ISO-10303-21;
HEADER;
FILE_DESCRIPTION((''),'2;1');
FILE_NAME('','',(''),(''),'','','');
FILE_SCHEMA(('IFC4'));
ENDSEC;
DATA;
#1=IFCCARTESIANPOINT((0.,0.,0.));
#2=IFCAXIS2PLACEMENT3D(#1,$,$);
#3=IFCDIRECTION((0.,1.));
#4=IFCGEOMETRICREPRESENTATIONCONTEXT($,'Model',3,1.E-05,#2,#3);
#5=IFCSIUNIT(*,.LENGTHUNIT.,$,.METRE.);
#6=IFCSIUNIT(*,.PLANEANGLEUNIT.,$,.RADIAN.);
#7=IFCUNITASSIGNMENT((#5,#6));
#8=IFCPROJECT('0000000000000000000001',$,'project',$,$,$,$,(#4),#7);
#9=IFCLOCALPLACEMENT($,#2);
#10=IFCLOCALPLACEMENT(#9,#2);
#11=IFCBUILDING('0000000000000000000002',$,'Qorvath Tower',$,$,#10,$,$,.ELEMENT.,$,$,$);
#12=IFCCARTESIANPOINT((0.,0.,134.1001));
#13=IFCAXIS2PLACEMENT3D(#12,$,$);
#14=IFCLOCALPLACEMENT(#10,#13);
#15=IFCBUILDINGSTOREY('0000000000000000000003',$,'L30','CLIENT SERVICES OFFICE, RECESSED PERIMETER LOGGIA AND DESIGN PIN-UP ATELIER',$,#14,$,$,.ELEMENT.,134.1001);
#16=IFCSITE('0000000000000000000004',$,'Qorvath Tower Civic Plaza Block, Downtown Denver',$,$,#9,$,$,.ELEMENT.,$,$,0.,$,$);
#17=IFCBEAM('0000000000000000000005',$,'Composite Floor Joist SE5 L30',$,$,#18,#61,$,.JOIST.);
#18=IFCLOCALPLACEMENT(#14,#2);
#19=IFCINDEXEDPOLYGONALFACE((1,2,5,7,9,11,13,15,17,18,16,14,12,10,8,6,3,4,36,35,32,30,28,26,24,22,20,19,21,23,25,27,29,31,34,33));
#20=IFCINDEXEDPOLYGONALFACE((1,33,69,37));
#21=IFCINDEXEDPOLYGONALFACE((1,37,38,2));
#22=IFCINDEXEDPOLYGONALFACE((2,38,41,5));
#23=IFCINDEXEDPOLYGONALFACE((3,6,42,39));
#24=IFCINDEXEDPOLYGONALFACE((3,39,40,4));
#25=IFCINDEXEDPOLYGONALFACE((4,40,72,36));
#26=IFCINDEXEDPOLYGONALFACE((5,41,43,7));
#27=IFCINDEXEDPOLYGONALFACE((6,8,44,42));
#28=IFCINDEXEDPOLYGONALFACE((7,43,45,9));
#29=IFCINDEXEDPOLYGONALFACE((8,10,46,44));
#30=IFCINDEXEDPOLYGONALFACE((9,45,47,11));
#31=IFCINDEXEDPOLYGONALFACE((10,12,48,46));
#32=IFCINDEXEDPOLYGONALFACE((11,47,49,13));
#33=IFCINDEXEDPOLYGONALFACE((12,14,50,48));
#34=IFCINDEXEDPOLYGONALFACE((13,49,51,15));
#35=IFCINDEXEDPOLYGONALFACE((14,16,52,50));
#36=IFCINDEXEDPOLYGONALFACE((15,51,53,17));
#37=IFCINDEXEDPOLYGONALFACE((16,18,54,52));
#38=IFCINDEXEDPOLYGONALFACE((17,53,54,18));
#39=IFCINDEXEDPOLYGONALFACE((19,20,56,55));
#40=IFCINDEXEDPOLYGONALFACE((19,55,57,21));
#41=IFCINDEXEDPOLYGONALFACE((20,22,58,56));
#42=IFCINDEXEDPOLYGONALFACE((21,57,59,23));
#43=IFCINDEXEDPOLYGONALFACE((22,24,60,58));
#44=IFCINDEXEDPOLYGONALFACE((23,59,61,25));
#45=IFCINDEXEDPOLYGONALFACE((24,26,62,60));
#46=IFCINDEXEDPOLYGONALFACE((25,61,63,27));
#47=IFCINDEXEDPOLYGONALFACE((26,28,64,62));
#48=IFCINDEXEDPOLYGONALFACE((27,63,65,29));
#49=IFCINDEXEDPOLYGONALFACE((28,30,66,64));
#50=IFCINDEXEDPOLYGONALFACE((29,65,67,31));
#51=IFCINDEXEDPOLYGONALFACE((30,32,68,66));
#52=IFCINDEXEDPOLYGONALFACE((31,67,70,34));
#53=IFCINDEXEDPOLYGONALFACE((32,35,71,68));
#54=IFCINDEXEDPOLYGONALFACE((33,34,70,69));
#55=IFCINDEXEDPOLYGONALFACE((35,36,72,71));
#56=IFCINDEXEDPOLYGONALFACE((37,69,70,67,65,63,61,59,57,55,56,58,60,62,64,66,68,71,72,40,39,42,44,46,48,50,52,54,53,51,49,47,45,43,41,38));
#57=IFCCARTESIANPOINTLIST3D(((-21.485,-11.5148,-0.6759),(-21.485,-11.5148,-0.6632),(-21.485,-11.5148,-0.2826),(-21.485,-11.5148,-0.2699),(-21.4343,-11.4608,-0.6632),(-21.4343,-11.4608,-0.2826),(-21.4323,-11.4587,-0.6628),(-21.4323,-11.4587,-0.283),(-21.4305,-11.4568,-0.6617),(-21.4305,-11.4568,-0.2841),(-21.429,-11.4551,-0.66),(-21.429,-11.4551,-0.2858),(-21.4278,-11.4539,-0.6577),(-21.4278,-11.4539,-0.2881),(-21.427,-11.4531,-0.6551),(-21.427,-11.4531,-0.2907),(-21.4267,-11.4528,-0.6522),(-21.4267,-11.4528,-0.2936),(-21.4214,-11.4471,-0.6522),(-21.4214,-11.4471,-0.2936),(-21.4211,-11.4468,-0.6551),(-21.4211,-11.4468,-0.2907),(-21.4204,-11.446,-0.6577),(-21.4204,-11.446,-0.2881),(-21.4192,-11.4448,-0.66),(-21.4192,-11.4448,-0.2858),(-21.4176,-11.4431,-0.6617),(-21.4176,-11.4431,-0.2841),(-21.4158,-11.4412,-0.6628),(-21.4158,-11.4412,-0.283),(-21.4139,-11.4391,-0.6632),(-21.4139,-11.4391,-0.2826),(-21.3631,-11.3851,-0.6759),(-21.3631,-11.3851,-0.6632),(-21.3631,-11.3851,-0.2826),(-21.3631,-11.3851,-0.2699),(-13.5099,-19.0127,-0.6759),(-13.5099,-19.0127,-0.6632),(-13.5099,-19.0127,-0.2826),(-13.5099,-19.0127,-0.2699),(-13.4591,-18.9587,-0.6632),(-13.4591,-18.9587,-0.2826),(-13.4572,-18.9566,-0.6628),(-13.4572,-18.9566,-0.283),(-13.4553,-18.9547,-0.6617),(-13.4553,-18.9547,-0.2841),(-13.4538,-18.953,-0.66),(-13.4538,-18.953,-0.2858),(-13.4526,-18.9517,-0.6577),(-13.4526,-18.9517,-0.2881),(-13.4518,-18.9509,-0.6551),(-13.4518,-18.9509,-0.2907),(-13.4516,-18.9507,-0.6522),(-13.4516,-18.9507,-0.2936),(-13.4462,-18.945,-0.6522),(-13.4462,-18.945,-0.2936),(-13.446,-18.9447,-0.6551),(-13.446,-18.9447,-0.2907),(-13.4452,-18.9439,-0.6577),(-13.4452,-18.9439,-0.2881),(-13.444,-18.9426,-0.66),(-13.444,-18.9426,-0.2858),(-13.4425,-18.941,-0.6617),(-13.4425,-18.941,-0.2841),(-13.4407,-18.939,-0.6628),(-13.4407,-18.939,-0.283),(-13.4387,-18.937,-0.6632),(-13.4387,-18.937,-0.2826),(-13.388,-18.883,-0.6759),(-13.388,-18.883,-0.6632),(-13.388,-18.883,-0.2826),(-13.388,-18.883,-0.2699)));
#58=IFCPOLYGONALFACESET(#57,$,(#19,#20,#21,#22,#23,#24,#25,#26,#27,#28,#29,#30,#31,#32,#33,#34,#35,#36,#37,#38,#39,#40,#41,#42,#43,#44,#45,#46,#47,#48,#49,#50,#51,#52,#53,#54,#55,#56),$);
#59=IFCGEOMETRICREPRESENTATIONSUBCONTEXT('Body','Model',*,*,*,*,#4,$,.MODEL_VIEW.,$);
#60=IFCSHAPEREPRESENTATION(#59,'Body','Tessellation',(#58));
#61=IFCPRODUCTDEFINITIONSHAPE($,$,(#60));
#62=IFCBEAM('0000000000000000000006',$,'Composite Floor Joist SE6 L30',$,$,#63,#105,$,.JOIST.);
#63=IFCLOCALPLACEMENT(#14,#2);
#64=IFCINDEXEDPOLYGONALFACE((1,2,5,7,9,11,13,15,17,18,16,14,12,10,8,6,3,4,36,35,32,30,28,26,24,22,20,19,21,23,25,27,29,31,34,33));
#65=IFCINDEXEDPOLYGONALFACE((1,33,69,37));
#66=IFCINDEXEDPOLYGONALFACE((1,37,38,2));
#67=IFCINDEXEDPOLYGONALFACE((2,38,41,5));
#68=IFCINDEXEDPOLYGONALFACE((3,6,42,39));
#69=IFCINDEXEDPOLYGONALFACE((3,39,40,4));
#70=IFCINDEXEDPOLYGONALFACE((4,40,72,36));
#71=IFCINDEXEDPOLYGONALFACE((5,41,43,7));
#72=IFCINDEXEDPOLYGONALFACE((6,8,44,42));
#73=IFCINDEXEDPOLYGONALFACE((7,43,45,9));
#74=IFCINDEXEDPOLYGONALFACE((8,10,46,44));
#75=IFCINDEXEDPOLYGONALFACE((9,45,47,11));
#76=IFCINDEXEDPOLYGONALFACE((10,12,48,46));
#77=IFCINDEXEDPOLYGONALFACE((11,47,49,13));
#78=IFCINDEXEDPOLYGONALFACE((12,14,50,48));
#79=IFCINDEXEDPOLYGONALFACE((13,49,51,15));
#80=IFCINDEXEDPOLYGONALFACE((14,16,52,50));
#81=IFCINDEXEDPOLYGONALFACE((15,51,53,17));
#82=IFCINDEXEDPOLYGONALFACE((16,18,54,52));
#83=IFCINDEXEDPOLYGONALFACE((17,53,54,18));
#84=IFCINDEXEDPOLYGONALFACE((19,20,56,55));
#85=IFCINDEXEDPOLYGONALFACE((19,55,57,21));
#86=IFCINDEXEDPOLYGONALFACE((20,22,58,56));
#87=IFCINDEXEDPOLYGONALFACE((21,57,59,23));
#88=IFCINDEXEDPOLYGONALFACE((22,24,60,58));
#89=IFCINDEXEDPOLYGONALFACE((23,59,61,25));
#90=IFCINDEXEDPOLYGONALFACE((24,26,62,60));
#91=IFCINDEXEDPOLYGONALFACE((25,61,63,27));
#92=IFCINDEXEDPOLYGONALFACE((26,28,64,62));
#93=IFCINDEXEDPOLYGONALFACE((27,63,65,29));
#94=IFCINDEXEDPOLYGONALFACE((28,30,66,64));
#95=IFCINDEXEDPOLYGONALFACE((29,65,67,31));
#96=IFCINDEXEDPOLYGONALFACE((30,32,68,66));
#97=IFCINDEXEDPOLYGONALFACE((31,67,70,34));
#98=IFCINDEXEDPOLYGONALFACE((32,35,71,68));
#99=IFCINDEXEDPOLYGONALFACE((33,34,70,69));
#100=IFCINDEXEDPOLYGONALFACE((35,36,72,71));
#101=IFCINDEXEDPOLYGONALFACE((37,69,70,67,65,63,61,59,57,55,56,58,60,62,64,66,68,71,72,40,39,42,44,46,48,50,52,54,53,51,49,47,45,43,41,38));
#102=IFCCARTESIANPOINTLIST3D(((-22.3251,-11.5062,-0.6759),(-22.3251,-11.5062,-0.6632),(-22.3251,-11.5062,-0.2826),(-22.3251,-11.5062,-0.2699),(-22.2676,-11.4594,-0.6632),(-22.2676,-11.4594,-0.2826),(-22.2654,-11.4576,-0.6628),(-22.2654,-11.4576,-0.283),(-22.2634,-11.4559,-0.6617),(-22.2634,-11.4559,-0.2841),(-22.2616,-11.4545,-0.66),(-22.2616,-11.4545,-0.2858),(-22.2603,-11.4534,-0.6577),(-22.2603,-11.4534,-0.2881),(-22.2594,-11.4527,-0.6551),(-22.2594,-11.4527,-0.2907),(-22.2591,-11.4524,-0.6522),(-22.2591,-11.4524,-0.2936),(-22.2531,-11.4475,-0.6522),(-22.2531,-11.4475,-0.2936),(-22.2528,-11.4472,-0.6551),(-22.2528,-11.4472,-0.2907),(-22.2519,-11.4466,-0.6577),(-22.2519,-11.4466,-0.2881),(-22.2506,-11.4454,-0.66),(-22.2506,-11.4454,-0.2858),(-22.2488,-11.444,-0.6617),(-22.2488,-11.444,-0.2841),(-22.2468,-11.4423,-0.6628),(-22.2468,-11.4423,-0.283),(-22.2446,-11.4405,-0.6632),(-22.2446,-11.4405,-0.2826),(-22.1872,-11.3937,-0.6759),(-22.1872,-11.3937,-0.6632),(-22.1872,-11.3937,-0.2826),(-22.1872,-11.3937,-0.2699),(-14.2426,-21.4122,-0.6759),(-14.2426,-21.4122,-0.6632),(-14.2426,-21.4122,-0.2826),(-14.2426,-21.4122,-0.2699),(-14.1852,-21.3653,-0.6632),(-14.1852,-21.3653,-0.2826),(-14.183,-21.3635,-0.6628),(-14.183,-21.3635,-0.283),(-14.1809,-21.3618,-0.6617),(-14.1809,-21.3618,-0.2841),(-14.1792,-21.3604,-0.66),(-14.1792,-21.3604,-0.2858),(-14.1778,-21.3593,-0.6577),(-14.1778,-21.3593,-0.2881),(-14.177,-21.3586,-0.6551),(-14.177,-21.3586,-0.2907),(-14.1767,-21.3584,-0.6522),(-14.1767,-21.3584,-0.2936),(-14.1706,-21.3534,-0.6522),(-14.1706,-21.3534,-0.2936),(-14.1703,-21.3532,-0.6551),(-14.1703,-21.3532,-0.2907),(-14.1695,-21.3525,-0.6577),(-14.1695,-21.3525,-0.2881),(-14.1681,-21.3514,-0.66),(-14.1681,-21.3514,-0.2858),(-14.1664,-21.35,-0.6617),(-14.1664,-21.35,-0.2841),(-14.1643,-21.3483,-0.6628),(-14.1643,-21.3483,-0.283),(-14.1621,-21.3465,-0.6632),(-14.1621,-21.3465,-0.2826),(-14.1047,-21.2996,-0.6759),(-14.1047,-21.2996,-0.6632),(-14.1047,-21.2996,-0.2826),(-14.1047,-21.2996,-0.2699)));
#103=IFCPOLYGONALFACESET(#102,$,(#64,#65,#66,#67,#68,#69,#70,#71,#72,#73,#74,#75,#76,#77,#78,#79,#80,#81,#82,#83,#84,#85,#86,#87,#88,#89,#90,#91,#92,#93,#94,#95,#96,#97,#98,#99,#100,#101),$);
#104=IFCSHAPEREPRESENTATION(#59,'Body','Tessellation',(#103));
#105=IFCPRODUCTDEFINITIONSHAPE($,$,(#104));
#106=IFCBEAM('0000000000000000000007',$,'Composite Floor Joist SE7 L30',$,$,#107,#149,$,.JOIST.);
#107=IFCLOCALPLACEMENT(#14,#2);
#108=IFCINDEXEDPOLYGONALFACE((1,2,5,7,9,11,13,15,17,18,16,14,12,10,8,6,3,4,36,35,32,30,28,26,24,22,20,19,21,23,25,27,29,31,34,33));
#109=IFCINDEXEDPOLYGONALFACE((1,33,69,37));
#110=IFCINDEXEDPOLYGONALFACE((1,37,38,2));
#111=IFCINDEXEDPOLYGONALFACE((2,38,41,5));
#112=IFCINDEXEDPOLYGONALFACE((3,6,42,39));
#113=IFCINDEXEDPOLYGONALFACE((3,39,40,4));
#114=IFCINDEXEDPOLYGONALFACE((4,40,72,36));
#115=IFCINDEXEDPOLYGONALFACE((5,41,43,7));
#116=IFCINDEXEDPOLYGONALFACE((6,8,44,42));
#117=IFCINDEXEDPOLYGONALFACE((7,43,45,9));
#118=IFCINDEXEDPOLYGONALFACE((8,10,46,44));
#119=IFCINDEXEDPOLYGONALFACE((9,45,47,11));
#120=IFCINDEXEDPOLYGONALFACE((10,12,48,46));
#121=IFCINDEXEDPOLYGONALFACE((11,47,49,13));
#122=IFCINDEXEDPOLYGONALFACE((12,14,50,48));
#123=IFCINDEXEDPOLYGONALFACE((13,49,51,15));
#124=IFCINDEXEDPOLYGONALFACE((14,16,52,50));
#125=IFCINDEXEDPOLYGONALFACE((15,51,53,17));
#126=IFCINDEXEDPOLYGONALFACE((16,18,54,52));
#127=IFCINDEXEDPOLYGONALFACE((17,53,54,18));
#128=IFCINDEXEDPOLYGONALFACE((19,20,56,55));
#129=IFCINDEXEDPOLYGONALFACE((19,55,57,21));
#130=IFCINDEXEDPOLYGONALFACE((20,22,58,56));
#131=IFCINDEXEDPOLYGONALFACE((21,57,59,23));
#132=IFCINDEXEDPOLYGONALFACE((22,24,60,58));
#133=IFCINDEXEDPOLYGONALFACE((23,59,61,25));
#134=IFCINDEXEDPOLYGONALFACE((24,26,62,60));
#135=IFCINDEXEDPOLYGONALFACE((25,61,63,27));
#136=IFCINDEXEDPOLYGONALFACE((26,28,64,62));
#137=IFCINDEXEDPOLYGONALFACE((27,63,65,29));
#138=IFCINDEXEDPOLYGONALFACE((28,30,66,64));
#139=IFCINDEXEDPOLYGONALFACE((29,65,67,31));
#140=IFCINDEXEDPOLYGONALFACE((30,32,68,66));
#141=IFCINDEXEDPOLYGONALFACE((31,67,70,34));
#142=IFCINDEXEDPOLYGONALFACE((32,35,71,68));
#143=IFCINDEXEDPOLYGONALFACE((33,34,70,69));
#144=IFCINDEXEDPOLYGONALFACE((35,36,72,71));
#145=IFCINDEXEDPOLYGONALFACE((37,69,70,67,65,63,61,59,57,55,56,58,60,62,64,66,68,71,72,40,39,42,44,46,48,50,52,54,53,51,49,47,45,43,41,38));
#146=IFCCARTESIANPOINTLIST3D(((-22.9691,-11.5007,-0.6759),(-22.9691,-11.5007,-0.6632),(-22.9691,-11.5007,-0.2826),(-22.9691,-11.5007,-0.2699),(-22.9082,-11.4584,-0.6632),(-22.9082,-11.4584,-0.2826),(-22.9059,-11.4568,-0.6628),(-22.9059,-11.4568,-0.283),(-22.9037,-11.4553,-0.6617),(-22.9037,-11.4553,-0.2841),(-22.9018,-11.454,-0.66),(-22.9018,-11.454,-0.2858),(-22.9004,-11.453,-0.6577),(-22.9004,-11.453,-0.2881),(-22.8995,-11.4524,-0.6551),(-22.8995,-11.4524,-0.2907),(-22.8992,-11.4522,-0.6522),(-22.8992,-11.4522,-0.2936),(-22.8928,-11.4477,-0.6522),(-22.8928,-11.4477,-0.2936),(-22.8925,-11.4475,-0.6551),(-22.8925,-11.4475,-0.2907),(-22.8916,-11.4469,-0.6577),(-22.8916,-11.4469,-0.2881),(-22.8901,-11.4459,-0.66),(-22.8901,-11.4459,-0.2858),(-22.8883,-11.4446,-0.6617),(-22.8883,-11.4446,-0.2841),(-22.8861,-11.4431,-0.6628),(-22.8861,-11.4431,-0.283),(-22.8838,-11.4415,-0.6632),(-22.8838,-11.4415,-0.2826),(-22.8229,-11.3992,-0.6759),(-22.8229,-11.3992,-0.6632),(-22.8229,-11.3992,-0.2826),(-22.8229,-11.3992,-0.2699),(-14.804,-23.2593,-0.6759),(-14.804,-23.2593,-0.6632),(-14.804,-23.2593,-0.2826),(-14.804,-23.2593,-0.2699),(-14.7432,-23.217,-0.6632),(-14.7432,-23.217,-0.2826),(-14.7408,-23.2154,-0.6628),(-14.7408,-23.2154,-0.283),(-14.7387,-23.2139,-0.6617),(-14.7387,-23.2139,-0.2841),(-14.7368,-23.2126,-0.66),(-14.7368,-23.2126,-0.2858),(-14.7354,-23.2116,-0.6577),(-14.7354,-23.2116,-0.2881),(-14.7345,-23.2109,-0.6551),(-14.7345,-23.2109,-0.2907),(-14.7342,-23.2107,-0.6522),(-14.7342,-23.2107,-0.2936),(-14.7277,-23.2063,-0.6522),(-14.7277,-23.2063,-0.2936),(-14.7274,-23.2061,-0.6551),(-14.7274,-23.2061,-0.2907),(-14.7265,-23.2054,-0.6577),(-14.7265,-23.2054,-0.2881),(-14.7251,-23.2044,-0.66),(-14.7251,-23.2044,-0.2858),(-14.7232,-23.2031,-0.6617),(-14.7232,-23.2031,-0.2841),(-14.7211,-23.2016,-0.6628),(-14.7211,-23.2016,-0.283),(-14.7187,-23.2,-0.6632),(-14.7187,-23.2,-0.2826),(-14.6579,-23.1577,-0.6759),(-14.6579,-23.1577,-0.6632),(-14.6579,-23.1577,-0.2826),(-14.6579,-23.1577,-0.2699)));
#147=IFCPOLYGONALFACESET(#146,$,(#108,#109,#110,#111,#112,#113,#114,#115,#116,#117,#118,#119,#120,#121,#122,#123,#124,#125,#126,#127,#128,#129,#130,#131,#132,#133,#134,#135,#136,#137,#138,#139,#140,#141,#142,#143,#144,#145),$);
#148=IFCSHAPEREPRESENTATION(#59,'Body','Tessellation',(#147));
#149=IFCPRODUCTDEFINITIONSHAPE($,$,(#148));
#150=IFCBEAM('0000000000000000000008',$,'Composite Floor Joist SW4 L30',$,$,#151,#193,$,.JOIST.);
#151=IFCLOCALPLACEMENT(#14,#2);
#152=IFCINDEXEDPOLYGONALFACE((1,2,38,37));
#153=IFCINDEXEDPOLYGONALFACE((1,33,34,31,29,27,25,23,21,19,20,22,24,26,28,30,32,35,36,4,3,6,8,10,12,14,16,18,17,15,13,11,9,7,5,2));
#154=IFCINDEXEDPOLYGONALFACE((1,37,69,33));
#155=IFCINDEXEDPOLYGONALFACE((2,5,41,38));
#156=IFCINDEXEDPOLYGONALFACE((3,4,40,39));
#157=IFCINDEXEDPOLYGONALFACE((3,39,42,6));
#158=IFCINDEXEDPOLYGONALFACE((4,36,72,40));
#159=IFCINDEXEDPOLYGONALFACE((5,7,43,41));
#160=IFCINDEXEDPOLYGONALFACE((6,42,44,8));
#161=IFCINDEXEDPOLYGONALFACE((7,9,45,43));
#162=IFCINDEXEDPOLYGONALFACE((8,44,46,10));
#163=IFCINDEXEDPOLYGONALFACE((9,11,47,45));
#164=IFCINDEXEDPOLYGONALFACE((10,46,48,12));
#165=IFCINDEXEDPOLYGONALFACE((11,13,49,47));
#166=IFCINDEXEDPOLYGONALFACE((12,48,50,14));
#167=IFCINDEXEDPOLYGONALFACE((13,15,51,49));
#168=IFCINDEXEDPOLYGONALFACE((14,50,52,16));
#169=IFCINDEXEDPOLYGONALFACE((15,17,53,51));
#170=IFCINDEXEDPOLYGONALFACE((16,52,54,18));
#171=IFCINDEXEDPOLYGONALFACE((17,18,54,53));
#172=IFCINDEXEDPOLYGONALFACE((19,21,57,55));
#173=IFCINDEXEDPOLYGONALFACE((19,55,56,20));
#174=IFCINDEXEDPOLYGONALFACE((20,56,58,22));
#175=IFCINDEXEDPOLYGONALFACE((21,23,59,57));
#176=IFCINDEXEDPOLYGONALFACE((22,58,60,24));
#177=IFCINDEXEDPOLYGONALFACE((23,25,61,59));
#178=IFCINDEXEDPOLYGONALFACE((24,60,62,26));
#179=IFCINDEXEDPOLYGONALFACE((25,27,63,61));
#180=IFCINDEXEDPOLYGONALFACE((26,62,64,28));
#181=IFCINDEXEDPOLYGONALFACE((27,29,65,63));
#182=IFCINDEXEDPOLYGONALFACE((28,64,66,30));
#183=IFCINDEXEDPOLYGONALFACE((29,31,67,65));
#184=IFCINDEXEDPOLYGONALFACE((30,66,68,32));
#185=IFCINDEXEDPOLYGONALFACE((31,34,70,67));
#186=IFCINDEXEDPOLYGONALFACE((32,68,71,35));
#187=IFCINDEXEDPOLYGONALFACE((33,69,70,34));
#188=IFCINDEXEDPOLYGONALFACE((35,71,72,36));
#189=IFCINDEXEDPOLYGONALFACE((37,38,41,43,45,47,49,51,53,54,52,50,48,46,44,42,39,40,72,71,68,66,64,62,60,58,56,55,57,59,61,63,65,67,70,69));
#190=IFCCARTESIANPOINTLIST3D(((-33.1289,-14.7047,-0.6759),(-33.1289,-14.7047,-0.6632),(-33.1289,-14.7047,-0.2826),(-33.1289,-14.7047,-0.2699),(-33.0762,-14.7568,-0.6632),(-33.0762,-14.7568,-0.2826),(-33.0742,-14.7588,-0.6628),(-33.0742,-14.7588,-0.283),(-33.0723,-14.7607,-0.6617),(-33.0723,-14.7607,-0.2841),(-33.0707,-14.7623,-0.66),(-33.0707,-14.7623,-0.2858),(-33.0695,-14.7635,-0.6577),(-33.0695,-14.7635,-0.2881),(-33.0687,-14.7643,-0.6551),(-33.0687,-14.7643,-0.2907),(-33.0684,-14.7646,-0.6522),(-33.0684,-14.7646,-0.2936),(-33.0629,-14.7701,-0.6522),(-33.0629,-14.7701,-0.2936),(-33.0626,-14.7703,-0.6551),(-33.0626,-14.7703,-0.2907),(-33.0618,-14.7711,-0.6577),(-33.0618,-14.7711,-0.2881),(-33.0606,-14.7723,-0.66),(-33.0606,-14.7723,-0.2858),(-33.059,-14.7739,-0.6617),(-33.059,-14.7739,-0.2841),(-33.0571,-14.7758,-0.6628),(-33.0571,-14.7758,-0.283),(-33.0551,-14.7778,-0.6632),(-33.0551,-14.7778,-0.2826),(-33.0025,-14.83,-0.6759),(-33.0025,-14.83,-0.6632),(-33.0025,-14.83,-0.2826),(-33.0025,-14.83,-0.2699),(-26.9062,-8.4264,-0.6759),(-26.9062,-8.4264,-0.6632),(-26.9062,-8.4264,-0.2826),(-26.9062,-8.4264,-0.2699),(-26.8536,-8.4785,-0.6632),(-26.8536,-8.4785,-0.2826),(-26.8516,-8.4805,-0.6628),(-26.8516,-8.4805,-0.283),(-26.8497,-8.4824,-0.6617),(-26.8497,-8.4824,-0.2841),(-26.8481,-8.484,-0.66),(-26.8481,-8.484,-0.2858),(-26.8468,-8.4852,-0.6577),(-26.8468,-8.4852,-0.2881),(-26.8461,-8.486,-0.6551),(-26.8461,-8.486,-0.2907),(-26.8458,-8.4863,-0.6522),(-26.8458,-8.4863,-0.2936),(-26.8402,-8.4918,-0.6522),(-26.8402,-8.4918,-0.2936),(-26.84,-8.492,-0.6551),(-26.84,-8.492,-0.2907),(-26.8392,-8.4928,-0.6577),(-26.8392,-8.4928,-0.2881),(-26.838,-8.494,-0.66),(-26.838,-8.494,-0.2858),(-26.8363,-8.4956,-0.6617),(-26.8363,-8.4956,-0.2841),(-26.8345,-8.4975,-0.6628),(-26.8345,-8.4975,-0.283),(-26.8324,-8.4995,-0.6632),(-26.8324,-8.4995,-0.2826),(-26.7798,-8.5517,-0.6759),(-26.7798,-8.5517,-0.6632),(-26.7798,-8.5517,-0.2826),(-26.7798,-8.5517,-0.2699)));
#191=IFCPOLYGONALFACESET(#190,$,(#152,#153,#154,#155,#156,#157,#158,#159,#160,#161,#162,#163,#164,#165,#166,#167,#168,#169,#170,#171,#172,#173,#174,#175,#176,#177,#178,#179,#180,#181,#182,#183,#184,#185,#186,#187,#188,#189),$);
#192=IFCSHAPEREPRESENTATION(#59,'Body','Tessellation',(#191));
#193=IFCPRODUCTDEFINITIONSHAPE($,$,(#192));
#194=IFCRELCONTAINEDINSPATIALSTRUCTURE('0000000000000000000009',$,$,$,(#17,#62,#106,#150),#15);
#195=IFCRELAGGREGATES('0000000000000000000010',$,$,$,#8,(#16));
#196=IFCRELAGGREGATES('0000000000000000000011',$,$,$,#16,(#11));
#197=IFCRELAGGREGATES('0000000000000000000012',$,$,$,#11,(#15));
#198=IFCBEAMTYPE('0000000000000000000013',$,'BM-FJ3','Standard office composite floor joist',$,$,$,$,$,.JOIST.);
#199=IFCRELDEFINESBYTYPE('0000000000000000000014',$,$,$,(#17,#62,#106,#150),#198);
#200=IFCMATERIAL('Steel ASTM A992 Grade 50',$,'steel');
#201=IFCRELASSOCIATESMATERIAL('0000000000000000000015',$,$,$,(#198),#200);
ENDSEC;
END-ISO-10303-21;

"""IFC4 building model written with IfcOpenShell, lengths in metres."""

from ifc_helpers import new_model, si_unit, direction, frame, origin, origin_2d, place, context, subcontext, project, spatial, i_section, extrude, material, material_profile, profile_set, type_object, element, save


model = new_model("IFC4")

# Units and contexts
model_context = context("Model", 3, precision=1e-05, world=origin(), true_north=direction((0.0, 1.0)))
body_context = subcontext(model_context, "Body", "Model", "MODEL_VIEW")
ifc_project = project(units=[si_unit("LENGTHUNIT", "METRE"), si_unit("PLANEANGLEUNIT", "RADIAN")], contexts=[model_context])

# Site, building, storey
site_placement = place(None, origin())
site = spatial("IfcSite", under=ifc_project, at=site_placement, Name="Qorvath Tower Civic Plaza Block, Downtown Denver", CompositionType="ELEMENT", RefElevation=0.0)
building_placement = place(site_placement, origin())
building = spatial("IfcBuilding", under=site, at=building_placement, Name="Qorvath Tower", CompositionType="ELEMENT")
storey_placement = place(building_placement, frame((0.0, 0.0, 134.1001)))
storey = spatial("IfcBuildingStorey", under=building, at=storey_placement, Name="L30", Description="CLIENT SERVICES OFFICE, RECESSED PERIMETER LOGGIA AND DESIGN PIN-UP ATELIER", CompositionType="ELEMENT", Elevation=134.1001)

# Beams
ifc_material_1 = material(Name="Steel ASTM A992 Grade 50", Category="steel")
ifc_material_profile_1 = material_profile(ifc_material_1, i_section(OverallWidth=0.178, OverallDepth=0.406, WebThickness=0.0078, FlangeThickness=0.0127, FilletRadius=0.011, at=origin_2d()), Name="W16x40")
ifc_profile_set_1 = profile_set([ifc_material_profile_1], Name="Steel ASTM A992 Grade 50")
beam_type_1 = type_object("IfcBeamType", Name="BM-FJ3", Description="Standard office composite floor joist", PredefinedType="JOIST", material=ifc_profile_set_1)
beam_1_placement = place(storey_placement, frame((-21.4241, -11.45, -0.4729), z_axis=(0.728572, -0.684969, 0.0), x_axis=(0.684969, 0.728572, 0.0)))
element("IfcBeam", 1, at=beam_1_placement, inside=storey, type_object=beam_type_1, Name="Composite Floor Joist SE5 L30", PredefinedType="JOIST", context=body_context, shape_type="SweptSolid", body=[
    extrude(i_section(OverallWidth=0.178, OverallDepth=0.406, WebThickness=0.0078, FlangeThickness=0.0127, FilletRadius=0.011, at=origin_2d()), origin(), (0.0, 0.0, 1.0), 10.9463),
])
beam_2_placement = place(storey_placement, frame((-22.2561, -11.45, -0.4729), z_axis=(0.632188, -0.774815, 0.0), x_axis=(0.774815, 0.632188, 0.0)))
element("IfcBeam", 2, at=beam_2_placement, inside=storey, type_object=beam_type_1, Name="Composite Floor Joist SE6 L30", PredefinedType="JOIST", context=body_context, shape_type="SweptSolid", body=[
    extrude(i_section(OverallWidth=0.178, OverallDepth=0.406, WebThickness=0.0078, FlangeThickness=0.0127, FilletRadius=0.011, at=origin_2d()), origin(), (0.0, 0.0, 1.0), 12.7849),
])
beam_3_placement = place(storey_placement, frame((-22.896, -11.45, -0.4729), z_axis=(0.570367, -0.82139, 0.0), x_axis=(0.82139, 0.570367, 0.0)))
element("IfcBeam", 3, at=beam_3_placement, inside=storey, type_object=beam_type_1, Name="Composite Floor Joist SE7 L30", PredefinedType="JOIST", context=body_context, shape_type="SweptSolid", body=[
    extrude(i_section(OverallWidth=0.178, OverallDepth=0.406, WebThickness=0.0078, FlangeThickness=0.0127, FilletRadius=0.011, at=origin_2d()), origin(), (0.0, 0.0, 1.0), 14.3154),
])
beam_4_placement = place(storey_placement, frame((-26.843, -8.489, -0.4729), z_axis=(-0.703951, -0.710248, 0.0), x_axis=(0.710248, -0.703951, 0.0)))
element("IfcBeam", 4, at=beam_4_placement, inside=storey, type_object=beam_type_1, Name="Composite Floor Joist SW4 L30", PredefinedType="JOIST", context=body_context, shape_type="SweptSolid", body=[
    extrude(i_section(OverallWidth=0.178, OverallDepth=0.406, WebThickness=0.0078, FlangeThickness=0.0127, FilletRadius=0.011, at=origin_2d()), origin(), (0.0, 0.0, 1.0), 8.8396),
])

save(model, "model.ifc")
